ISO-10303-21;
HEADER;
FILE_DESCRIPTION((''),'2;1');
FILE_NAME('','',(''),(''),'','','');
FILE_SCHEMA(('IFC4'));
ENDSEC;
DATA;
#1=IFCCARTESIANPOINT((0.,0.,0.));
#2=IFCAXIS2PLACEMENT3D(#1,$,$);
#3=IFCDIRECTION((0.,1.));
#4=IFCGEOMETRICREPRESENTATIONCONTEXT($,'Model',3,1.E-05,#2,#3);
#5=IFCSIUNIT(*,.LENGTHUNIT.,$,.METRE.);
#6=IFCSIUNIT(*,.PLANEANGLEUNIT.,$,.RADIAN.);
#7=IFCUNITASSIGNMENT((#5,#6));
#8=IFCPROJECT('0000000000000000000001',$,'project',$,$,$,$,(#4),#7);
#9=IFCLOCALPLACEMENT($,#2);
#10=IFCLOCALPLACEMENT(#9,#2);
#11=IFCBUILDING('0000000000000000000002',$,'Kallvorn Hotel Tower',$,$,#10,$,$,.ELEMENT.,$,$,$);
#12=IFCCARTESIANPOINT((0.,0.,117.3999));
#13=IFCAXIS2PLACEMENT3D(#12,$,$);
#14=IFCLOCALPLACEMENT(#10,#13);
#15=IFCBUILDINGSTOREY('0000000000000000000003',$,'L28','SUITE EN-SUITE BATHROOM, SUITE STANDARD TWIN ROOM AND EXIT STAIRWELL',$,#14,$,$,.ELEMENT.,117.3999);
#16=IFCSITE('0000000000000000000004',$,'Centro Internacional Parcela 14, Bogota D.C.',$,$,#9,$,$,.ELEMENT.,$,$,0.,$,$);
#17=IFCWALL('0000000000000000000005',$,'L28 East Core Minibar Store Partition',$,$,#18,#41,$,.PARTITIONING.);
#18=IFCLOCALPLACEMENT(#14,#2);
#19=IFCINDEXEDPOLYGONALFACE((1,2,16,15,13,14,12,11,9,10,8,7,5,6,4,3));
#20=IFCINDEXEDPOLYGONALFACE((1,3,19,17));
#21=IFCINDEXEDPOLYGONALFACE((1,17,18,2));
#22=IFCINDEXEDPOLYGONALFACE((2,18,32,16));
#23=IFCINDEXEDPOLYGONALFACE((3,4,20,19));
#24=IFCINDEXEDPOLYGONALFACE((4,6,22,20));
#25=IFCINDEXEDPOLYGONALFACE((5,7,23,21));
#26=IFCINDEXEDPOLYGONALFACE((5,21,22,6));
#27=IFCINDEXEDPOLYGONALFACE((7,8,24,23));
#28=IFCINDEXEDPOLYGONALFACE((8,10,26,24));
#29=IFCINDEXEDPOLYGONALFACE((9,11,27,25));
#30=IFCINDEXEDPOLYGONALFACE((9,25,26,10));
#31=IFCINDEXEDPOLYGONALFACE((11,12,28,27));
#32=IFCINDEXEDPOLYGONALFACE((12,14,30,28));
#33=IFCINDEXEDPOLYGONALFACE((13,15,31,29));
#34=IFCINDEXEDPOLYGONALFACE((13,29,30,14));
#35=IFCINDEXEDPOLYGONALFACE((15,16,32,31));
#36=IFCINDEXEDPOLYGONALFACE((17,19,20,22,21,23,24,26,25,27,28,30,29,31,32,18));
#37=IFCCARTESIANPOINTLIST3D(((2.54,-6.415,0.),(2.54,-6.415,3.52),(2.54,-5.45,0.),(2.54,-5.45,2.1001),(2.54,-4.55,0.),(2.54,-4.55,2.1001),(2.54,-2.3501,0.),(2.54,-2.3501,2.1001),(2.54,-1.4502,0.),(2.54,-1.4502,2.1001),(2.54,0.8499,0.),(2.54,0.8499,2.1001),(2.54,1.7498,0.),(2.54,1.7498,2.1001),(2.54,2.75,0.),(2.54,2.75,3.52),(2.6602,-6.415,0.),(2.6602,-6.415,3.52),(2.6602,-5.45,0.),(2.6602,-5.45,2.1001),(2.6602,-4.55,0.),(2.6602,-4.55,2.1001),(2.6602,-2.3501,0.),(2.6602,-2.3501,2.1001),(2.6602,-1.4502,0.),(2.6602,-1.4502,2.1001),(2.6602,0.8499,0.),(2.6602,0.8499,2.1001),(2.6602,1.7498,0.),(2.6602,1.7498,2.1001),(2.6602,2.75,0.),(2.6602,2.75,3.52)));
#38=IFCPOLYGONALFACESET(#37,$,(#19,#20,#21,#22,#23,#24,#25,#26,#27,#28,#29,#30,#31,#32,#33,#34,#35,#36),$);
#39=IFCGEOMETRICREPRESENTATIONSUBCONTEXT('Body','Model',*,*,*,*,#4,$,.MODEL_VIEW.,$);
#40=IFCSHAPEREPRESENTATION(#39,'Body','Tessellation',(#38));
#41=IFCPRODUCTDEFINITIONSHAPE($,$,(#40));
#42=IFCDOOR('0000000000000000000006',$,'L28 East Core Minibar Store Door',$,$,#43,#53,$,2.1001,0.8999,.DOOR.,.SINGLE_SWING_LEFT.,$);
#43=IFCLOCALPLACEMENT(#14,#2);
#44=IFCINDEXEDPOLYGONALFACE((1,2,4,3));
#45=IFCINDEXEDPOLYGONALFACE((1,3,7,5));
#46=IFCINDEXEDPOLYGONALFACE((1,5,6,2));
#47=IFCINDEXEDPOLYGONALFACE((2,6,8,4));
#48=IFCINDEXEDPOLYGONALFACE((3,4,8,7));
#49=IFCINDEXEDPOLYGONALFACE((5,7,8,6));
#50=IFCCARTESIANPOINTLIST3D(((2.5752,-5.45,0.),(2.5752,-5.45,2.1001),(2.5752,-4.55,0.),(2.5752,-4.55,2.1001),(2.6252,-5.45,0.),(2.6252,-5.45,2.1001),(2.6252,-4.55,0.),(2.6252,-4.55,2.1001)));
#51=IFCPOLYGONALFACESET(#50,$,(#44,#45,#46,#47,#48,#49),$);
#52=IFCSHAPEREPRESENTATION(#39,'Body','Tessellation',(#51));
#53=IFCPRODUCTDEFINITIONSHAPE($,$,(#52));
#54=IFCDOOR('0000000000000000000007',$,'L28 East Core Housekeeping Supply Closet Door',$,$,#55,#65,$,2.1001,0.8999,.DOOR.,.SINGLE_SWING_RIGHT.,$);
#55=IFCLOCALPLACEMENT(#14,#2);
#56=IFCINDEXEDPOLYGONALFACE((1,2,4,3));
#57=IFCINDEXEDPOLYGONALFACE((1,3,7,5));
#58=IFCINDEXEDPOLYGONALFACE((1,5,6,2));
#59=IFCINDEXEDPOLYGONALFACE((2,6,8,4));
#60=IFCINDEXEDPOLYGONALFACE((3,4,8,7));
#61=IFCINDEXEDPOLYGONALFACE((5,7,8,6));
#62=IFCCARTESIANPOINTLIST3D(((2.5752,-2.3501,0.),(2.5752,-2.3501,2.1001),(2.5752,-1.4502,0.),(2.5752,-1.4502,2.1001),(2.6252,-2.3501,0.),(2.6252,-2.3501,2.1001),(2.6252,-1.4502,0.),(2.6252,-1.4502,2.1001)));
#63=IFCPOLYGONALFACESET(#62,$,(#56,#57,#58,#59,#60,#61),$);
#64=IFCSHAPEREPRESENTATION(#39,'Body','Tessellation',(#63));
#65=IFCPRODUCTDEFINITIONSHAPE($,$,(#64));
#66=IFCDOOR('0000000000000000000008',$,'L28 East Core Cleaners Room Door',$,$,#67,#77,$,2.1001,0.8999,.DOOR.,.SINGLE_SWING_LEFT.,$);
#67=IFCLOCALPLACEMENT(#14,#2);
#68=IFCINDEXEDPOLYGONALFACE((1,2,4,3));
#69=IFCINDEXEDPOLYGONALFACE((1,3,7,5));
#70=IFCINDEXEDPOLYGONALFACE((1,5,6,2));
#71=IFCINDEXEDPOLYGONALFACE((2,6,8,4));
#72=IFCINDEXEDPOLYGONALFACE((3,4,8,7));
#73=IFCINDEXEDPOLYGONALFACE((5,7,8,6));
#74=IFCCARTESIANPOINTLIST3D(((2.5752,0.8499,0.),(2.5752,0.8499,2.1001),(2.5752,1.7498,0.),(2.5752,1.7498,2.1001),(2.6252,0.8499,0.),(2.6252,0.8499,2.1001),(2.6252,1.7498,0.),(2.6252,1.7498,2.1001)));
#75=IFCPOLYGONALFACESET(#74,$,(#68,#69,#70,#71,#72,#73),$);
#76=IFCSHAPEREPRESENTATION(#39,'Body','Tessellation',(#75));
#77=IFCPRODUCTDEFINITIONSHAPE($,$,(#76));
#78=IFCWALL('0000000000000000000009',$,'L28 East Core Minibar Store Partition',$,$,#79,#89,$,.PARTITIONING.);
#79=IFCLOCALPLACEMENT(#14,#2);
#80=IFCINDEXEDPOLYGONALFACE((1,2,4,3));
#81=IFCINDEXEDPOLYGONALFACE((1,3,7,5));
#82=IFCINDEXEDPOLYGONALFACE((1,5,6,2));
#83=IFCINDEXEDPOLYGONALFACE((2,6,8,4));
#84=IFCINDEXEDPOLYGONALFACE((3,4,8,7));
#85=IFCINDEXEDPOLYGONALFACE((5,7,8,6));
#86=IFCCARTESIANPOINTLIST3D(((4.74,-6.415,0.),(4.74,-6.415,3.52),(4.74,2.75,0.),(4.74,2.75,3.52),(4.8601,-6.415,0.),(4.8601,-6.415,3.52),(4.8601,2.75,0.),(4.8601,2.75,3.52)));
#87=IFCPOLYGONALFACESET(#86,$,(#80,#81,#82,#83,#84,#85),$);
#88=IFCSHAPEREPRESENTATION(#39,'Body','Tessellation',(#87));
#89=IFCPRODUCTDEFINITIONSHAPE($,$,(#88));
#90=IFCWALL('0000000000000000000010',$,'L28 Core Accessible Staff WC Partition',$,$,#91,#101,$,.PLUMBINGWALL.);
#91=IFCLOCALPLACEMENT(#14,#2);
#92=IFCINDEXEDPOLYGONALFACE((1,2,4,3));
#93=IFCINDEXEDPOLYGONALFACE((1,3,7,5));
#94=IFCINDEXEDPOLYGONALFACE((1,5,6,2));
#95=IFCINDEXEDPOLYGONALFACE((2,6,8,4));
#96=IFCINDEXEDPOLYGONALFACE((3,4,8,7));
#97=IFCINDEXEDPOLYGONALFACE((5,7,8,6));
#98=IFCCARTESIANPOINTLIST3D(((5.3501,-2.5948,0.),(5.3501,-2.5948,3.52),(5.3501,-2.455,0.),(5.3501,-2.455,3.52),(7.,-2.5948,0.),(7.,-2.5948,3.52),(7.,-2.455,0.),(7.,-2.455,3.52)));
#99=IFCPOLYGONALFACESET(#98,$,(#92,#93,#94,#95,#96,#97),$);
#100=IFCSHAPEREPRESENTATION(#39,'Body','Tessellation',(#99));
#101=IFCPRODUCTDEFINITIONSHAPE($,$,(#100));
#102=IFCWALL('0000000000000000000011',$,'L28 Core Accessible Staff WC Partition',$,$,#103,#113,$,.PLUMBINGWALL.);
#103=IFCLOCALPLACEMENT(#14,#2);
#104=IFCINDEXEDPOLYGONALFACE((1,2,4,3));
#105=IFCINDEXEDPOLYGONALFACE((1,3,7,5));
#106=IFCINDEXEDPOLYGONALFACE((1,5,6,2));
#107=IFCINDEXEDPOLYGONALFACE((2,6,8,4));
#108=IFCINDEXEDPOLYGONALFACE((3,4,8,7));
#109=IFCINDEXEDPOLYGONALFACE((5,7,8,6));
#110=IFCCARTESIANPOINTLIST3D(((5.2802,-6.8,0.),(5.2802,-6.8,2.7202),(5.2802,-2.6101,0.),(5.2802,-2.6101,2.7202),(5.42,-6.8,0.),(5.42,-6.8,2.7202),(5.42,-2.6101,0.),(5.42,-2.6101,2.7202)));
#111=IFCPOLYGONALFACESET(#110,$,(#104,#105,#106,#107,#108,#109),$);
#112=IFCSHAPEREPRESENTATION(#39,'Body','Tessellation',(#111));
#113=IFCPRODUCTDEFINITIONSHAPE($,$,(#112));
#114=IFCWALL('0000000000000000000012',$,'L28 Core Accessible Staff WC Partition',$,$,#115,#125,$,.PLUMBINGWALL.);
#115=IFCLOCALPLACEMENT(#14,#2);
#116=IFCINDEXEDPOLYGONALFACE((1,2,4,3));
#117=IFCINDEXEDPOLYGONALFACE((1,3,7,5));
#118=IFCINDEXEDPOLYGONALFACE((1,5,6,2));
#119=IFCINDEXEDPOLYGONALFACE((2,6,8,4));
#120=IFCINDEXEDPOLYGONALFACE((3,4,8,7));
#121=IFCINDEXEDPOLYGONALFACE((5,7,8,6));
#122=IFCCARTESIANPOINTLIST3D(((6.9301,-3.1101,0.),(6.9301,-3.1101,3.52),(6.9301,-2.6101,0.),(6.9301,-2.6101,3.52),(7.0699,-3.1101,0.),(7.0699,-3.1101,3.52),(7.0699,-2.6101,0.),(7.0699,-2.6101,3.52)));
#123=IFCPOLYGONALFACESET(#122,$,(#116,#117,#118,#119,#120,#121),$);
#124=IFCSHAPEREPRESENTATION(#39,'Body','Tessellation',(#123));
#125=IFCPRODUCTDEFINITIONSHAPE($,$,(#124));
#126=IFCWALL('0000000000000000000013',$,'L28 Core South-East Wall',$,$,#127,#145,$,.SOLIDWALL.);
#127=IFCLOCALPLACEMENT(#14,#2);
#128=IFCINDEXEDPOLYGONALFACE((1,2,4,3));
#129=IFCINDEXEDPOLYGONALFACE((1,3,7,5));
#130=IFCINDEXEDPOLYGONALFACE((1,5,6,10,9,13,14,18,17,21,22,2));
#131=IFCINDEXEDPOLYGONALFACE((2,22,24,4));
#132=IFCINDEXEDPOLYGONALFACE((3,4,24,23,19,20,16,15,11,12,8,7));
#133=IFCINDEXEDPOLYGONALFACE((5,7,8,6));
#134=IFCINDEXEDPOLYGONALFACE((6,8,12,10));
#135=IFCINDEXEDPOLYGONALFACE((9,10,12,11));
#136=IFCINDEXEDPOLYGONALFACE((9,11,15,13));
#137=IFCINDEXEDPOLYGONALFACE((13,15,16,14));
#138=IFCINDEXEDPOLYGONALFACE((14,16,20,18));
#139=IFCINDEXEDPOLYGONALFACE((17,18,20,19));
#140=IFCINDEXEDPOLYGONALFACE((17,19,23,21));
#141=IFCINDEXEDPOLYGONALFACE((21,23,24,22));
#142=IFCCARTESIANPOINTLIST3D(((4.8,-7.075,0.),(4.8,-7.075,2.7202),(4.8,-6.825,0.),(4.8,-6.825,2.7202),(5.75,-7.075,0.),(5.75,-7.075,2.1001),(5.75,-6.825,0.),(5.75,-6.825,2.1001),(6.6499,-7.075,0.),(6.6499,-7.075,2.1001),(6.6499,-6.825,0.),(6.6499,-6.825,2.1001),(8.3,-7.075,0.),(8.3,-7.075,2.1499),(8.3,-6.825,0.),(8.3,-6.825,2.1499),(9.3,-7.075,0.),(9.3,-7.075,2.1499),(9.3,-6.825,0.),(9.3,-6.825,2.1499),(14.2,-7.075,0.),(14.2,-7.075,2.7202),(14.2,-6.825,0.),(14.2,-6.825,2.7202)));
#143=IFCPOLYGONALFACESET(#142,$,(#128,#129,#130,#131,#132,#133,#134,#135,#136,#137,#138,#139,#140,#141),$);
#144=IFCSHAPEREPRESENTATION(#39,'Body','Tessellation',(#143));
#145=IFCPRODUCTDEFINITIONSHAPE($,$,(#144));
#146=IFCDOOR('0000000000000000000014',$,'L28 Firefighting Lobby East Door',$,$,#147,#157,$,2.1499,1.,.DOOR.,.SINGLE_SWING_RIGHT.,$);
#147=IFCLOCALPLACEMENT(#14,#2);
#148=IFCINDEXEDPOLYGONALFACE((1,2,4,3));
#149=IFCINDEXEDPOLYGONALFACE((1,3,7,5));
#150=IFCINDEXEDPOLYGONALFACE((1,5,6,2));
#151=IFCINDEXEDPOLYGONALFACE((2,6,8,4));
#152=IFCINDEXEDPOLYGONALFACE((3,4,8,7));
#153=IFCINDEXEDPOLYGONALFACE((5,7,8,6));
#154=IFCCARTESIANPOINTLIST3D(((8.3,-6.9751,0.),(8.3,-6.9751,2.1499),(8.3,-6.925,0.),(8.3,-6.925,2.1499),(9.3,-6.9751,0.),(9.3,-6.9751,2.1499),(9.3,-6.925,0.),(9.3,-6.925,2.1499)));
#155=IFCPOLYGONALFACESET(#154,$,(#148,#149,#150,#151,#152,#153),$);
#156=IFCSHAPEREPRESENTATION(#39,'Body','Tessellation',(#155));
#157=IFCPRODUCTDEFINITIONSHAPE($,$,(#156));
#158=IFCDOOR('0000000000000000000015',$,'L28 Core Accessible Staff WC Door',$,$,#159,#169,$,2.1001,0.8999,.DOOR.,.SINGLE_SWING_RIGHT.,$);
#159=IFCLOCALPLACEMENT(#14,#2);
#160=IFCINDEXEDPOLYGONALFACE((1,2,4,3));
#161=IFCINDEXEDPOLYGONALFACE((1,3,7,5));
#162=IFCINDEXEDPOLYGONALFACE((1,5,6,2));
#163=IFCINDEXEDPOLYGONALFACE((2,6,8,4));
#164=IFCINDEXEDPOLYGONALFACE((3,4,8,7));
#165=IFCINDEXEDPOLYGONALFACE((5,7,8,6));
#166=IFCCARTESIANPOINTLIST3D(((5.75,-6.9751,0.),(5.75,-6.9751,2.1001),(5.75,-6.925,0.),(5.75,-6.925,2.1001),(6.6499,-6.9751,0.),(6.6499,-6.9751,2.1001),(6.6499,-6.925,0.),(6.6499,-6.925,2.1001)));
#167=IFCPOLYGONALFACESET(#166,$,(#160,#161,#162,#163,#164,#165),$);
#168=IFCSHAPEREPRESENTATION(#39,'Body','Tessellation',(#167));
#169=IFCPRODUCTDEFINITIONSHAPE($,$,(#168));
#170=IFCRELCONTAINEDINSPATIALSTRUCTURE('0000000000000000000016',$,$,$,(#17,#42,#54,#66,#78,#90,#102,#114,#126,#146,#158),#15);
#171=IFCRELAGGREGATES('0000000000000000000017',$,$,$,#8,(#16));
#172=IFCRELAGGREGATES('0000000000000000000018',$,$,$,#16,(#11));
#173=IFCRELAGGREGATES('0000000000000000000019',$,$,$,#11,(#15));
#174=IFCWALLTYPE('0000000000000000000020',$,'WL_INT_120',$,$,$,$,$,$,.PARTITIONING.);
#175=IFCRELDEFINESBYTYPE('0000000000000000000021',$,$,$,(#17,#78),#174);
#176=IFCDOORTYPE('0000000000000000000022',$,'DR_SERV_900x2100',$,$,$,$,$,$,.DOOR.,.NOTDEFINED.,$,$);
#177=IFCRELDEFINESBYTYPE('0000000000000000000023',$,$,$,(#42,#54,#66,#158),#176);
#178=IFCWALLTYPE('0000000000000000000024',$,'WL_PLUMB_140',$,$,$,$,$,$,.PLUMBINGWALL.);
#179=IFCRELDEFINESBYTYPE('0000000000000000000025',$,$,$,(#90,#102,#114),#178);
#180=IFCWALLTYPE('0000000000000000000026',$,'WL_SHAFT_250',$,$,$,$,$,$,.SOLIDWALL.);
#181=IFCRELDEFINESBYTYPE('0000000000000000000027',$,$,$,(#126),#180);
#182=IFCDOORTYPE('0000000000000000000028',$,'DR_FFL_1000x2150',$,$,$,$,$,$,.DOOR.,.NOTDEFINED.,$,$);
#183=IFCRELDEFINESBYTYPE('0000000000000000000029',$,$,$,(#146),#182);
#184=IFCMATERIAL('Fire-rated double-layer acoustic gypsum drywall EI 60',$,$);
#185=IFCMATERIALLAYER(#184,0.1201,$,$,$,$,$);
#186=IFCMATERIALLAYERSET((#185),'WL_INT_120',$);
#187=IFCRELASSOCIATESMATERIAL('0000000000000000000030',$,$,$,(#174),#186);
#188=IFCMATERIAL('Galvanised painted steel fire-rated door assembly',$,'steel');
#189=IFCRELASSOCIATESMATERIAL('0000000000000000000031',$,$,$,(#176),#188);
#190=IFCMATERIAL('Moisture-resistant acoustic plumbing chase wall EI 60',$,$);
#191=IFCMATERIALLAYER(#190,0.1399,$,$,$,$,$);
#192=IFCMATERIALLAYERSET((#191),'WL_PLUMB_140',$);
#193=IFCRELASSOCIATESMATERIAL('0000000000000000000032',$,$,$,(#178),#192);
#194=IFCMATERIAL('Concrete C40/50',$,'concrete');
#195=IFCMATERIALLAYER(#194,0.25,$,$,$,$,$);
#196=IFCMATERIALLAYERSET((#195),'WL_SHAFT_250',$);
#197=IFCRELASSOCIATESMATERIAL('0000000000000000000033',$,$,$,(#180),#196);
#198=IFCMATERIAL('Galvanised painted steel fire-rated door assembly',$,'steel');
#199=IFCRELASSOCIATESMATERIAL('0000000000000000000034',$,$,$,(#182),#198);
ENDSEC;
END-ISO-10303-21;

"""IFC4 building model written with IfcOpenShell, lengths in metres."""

from ifc_helpers import new_model, si_unit, direction, frame, frame_2d, origin, place, context, subcontext, project, spatial, rectangle, extrude, material, layer, layer_set, type_object, element, fill, save


model = new_model("IFC4")

# Units and contexts
model_context = context("Model", 3, precision=1e-05, world=origin(), true_north=direction((0.0, 1.0)))
body_context = subcontext(model_context, "Body", "Model", "MODEL_VIEW")
ifc_project = project(units=[si_unit("LENGTHUNIT", "METRE"), si_unit("PLANEANGLEUNIT", "RADIAN")], contexts=[model_context])

# Site, building, storey
site_placement = place(None, origin())
site = spatial("IfcSite", under=ifc_project, at=site_placement, Name="Centro Internacional Parcela 14, Bogota D.C.", CompositionType="ELEMENT", RefElevation=0.0)
building_placement = place(site_placement, origin())
building = spatial("IfcBuilding", under=site, at=building_placement, Name="Kallvorn Hotel Tower", CompositionType="ELEMENT")
storey_placement = place(building_placement, frame((0.0, 0.0, 117.3999)))
storey = spatial("IfcBuildingStorey", under=building, at=storey_placement, Name="L28", Description="SUITE EN-SUITE BATHROOM, SUITE STANDARD TWIN ROOM AND EXIT STAIRWELL", CompositionType="ELEMENT", Elevation=117.3999)

# Shared definitions
ifc_material_1 = material(Name="Fire-rated double-layer acoustic gypsum drywall EI 60")
ifc_layer_1 = layer(ifc_material_1, 0.1201)
ifc_layer_set_1 = layer_set([ifc_layer_1], Name="WL_INT_120")
wall_type_1 = type_object("IfcWallType", Name="WL_INT_120", PredefinedType="PARTITIONING", material=ifc_layer_set_1)

# Wall, openings, doors
wall_1_placement = place(storey_placement, frame((2.6001, -6.415, 0.0), z_axis=(0.0, 0.0, 1.0), x_axis=(0.0, 1.0, 0.0)))
wall_1 = element("IfcWall", 1, at=wall_1_placement, inside=storey, type_object=wall_type_1, Name="L28 East Core Minibar Store Partition", PredefinedType="PARTITIONING", context=body_context, shape_type="SweptSolid", body=[
    extrude(rectangle(XDim=9.165, YDim=0.1201, at=frame_2d((4.5825, 0.0))), origin(), (0.0, 0.0, 1.0), 3.52),
])
opening_1_placement = place(wall_1_placement, frame((0.9651, 0.0, 0.0)))
opening_1 = element("IfcOpeningElement", 2, at=opening_1_placement, cuts=wall_1, PredefinedType="OPENING", context=body_context, shape_type="SweptSolid", body=[
    extrude(rectangle(XDim=0.8999, YDim=2.1001, at=frame_2d((0.45, 1.05))), frame((0.0, 0.075, 0.0), z_axis=(0.0, -1.0, 0.0), x_axis=(1.0, 0.0, 0.0)), (0.0, 0.0, 1.0), 0.1501),
])
opening_2_placement = place(wall_1_placement, frame((4.0649, 0.0, 0.0)))
opening_2 = element("IfcOpeningElement", 3, at=opening_2_placement, cuts=wall_1, PredefinedType="OPENING", context=body_context, shape_type="SweptSolid", body=[
    extrude(rectangle(XDim=0.8999, YDim=2.1001, at=frame_2d((0.45, 1.05))), frame((0.0, 0.075, 0.0), z_axis=(0.0, -1.0, 0.0), x_axis=(1.0, 0.0, 0.0)), (0.0, 0.0, 1.0), 0.1501),
])
opening_3_placement = place(wall_1_placement, frame((7.2649, 0.0, 0.0)))
opening_3 = element("IfcOpeningElement", 4, at=opening_3_placement, cuts=wall_1, PredefinedType="OPENING", context=body_context, shape_type="SweptSolid", body=[
    extrude(rectangle(XDim=0.8999, YDim=2.1001, at=frame_2d((0.45, 1.05))), frame((0.0, 0.075, 0.0), z_axis=(0.0, -1.0, 0.0), x_axis=(1.0, 0.0, 0.0)), (0.0, 0.0, 1.0), 0.1501),
])
ifc_material_2 = material(Name="Galvanised painted steel fire-rated door assembly", Category="steel")
door_type_1 = type_object("IfcDoorType", Name="DR_SERV_900x2100", OperationType="NOTDEFINED", PredefinedType="DOOR", material=ifc_material_2)
door_1_placement = place(opening_1_placement, origin())
door_1 = element("IfcDoor", 5, at=door_1_placement, inside=storey, type_object=door_type_1, Name="L28 East Core Minibar Store Door", OperationType="SINGLE_SWING_LEFT", OverallHeight=2.1001, OverallWidth=0.8999, PredefinedType="DOOR", context=body_context, shape_type="SweptSolid", body=[
    extrude(rectangle(XDim=0.8999, YDim=2.1001, at=frame_2d((0.45, 1.05))), frame((0.0, 0.0249, 0.0), z_axis=(0.0, -1.0, 0.0), x_axis=(1.0, 0.0, 0.0)), (0.0, 0.0, 1.0), 0.05),
])
fill(opening_1, door_1)
door_2_placement = place(opening_2_placement, origin())
door_2 = element("IfcDoor", 6, at=door_2_placement, inside=storey, type_object=door_type_1, Name="L28 East Core Housekeeping Supply Closet Door", OperationType="SINGLE_SWING_RIGHT", OverallHeight=2.1001, OverallWidth=0.8999, PredefinedType="DOOR", context=body_context, shape_type="SweptSolid", body=[
    extrude(rectangle(XDim=0.8999, YDim=2.1001, at=frame_2d((0.45, 1.05))), frame((0.0, 0.0249, 0.0), z_axis=(0.0, -1.0, 0.0), x_axis=(1.0, 0.0, 0.0)), (0.0, 0.0, 1.0), 0.05),
])
fill(opening_2, door_2)
door_3_placement = place(opening_3_placement, origin())
door_3 = element("IfcDoor", 7, at=door_3_placement, inside=storey, type_object=door_type_1, Name="L28 East Core Cleaners Room Door", OperationType="SINGLE_SWING_LEFT", OverallHeight=2.1001, OverallWidth=0.8999, PredefinedType="DOOR", context=body_context, shape_type="SweptSolid", body=[
    extrude(rectangle(XDim=0.8999, YDim=2.1001, at=frame_2d((0.45, 1.05))), frame((0.0, 0.0249, 0.0), z_axis=(0.0, -1.0, 0.0), x_axis=(1.0, 0.0, 0.0)), (0.0, 0.0, 1.0), 0.05),
])
fill(opening_3, door_3)

# Walls
wall_2_placement = place(storey_placement, frame((4.8, -6.415, 0.0), z_axis=(0.0, 0.0, 1.0), x_axis=(0.0, 1.0, 0.0)))
element("IfcWall", 8, at=wall_2_placement, inside=storey, type_object=wall_type_1, Name="L28 East Core Minibar Store Partition", PredefinedType="PARTITIONING", context=body_context, shape_type="SweptSolid", body=[
    extrude(rectangle(XDim=9.165, YDim=0.1201, at=frame_2d((4.5825, 0.0))), origin(), (0.0, 0.0, 1.0), 3.52),
])
ifc_material_3 = material(Name="Moisture-resistant acoustic plumbing chase wall EI 60")
ifc_layer_2 = layer(ifc_material_3, 0.1399)
ifc_layer_set_2 = layer_set([ifc_layer_2], Name="WL_PLUMB_140")
wall_type_2 = type_object("IfcWallType", Name="WL_PLUMB_140", PredefinedType="PLUMBINGWALL", material=ifc_layer_set_2)
wall_3_placement = place(storey_placement, frame((5.3501, -2.5249, 0.0), z_axis=(0.0, 0.0, 1.0), x_axis=(1.0, 0.0, 0.0)))
element("IfcWall", 9, at=wall_3_placement, inside=storey, type_object=wall_type_2, Name="L28 Core Accessible Staff WC Partition", PredefinedType="PLUMBINGWALL", context=body_context, shape_type="SweptSolid", body=[
    extrude(rectangle(XDim=1.6499, YDim=0.1399, at=frame_2d((0.825, 0.0))), origin(), (0.0, 0.0, 1.0), 3.52),
])
wall_4_placement = place(storey_placement, frame((5.3501, -6.8, 0.0), z_axis=(0.0, 0.0, 1.0), x_axis=(0.0, 1.0, 0.0)))
element("IfcWall", 10, at=wall_4_placement, inside=storey, type_object=wall_type_2, Name="L28 Core Accessible Staff WC Partition", PredefinedType="PLUMBINGWALL", context=body_context, shape_type="SweptSolid", body=[
    extrude(rectangle(XDim=4.1899, YDim=0.1399, at=frame_2d((2.095, 0.0))), origin(), (0.0, 0.0, 1.0), 2.7202),
])
wall_5_placement = place(storey_placement, frame((7.0, -3.1101, 0.0), z_axis=(0.0, 0.0, 1.0), x_axis=(0.0, 1.0, 0.0)))
element("IfcWall", 11, at=wall_5_placement, inside=storey, type_object=wall_type_2, Name="L28 Core Accessible Staff WC Partition", PredefinedType="PLUMBINGWALL", context=body_context, shape_type="SweptSolid", body=[
    extrude(rectangle(XDim=0.5, YDim=0.1399, at=frame_2d((0.25, 0.0))), origin(), (0.0, 0.0, 1.0), 3.52),
])

# Wall, openings, doors
ifc_material_4 = material(Name="Concrete C40/50", Category="concrete")
ifc_layer_3 = layer(ifc_material_4, 0.25)
ifc_layer_set_3 = layer_set([ifc_layer_3], Name="WL_SHAFT_250")
wall_type_3 = type_object("IfcWallType", Name="WL_SHAFT_250", PredefinedType="SOLIDWALL", material=ifc_layer_set_3)
wall_6_placement = place(storey_placement, frame((4.8, -6.95, 0.0), z_axis=(0.0, 0.0, 1.0), x_axis=(1.0, 0.0, 0.0)))
wall_6 = element("IfcWall", 12, at=wall_6_placement, inside=storey, type_object=wall_type_3, Name="L28 Core South-East Wall", PredefinedType="SOLIDWALL", context=body_context, shape_type="SweptSolid", body=[
    extrude(rectangle(XDim=9.3999, YDim=0.25, at=frame_2d((4.7, 0.0))), origin(), (0.0, 0.0, 1.0), 2.7202),
])
opening_4_placement = place(wall_6_placement, frame((3.5, 0.0, 0.0)))
opening_4 = element("IfcOpeningElement", 13, at=opening_4_placement, cuts=wall_6, PredefinedType="OPENING", context=body_context, shape_type="SweptSolid", body=[
    extrude(rectangle(XDim=1.0, YDim=2.1499, at=frame_2d((0.5, 1.075))), frame((0.0, 0.1399, 0.0), z_axis=(0.0, -1.0, 0.0), x_axis=(1.0, 0.0, 0.0)), (0.0, 0.0, 1.0), 0.28),
])
opening_5_placement = place(wall_6_placement, frame((0.95, 0.0, 0.0)))
opening_5 = element("IfcOpeningElement", 14, at=opening_5_placement, cuts=wall_6, PredefinedType="OPENING", context=body_context, shape_type="SweptSolid", body=[
    extrude(rectangle(XDim=0.8999, YDim=2.1001, at=frame_2d((0.45, 1.05))), frame((0.0, 0.1399, 0.0), z_axis=(0.0, -1.0, 0.0), x_axis=(1.0, 0.0, 0.0)), (0.0, 0.0, 1.0), 0.28),
])
ifc_material_5 = material(Name="Galvanised painted steel fire-rated door assembly", Category="steel")
door_type_2 = type_object("IfcDoorType", Name="DR_FFL_1000x2150", OperationType="NOTDEFINED", PredefinedType="DOOR", material=ifc_material_5)
door_4_placement = place(opening_4_placement, origin())
door_4 = element("IfcDoor", 15, at=door_4_placement, inside=storey, type_object=door_type_2, Name="L28 Firefighting Lobby East Door", OperationType="SINGLE_SWING_RIGHT", OverallHeight=2.1499, OverallWidth=1.0, PredefinedType="DOOR", context=body_context, shape_type="SweptSolid", body=[
    extrude(rectangle(XDim=1.0, YDim=2.1499, at=frame_2d((0.5, 1.075))), frame((0.0, 0.0249, 0.0), z_axis=(0.0, -1.0, 0.0), x_axis=(1.0, 0.0, 0.0)), (0.0, 0.0, 1.0), 0.05),
])
fill(opening_4, door_4)
door_5_placement = place(opening_5_placement, origin())
door_5 = element("IfcDoor", 16, at=door_5_placement, inside=storey, type_object=door_type_1, Name="L28 Core Accessible Staff WC Door", OperationType="SINGLE_SWING_RIGHT", OverallHeight=2.1001, OverallWidth=0.8999, PredefinedType="DOOR", context=body_context, shape_type="SweptSolid", body=[
    extrude(rectangle(XDim=0.8999, YDim=2.1001, at=frame_2d((0.45, 1.05))), frame((0.0, 0.0249, 0.0), z_axis=(0.0, -1.0, 0.0), x_axis=(1.0, 0.0, 0.0)), (0.0, 0.0, 1.0), 0.05),
])
fill(opening_5, door_5)

save(model, "model.ifc")
